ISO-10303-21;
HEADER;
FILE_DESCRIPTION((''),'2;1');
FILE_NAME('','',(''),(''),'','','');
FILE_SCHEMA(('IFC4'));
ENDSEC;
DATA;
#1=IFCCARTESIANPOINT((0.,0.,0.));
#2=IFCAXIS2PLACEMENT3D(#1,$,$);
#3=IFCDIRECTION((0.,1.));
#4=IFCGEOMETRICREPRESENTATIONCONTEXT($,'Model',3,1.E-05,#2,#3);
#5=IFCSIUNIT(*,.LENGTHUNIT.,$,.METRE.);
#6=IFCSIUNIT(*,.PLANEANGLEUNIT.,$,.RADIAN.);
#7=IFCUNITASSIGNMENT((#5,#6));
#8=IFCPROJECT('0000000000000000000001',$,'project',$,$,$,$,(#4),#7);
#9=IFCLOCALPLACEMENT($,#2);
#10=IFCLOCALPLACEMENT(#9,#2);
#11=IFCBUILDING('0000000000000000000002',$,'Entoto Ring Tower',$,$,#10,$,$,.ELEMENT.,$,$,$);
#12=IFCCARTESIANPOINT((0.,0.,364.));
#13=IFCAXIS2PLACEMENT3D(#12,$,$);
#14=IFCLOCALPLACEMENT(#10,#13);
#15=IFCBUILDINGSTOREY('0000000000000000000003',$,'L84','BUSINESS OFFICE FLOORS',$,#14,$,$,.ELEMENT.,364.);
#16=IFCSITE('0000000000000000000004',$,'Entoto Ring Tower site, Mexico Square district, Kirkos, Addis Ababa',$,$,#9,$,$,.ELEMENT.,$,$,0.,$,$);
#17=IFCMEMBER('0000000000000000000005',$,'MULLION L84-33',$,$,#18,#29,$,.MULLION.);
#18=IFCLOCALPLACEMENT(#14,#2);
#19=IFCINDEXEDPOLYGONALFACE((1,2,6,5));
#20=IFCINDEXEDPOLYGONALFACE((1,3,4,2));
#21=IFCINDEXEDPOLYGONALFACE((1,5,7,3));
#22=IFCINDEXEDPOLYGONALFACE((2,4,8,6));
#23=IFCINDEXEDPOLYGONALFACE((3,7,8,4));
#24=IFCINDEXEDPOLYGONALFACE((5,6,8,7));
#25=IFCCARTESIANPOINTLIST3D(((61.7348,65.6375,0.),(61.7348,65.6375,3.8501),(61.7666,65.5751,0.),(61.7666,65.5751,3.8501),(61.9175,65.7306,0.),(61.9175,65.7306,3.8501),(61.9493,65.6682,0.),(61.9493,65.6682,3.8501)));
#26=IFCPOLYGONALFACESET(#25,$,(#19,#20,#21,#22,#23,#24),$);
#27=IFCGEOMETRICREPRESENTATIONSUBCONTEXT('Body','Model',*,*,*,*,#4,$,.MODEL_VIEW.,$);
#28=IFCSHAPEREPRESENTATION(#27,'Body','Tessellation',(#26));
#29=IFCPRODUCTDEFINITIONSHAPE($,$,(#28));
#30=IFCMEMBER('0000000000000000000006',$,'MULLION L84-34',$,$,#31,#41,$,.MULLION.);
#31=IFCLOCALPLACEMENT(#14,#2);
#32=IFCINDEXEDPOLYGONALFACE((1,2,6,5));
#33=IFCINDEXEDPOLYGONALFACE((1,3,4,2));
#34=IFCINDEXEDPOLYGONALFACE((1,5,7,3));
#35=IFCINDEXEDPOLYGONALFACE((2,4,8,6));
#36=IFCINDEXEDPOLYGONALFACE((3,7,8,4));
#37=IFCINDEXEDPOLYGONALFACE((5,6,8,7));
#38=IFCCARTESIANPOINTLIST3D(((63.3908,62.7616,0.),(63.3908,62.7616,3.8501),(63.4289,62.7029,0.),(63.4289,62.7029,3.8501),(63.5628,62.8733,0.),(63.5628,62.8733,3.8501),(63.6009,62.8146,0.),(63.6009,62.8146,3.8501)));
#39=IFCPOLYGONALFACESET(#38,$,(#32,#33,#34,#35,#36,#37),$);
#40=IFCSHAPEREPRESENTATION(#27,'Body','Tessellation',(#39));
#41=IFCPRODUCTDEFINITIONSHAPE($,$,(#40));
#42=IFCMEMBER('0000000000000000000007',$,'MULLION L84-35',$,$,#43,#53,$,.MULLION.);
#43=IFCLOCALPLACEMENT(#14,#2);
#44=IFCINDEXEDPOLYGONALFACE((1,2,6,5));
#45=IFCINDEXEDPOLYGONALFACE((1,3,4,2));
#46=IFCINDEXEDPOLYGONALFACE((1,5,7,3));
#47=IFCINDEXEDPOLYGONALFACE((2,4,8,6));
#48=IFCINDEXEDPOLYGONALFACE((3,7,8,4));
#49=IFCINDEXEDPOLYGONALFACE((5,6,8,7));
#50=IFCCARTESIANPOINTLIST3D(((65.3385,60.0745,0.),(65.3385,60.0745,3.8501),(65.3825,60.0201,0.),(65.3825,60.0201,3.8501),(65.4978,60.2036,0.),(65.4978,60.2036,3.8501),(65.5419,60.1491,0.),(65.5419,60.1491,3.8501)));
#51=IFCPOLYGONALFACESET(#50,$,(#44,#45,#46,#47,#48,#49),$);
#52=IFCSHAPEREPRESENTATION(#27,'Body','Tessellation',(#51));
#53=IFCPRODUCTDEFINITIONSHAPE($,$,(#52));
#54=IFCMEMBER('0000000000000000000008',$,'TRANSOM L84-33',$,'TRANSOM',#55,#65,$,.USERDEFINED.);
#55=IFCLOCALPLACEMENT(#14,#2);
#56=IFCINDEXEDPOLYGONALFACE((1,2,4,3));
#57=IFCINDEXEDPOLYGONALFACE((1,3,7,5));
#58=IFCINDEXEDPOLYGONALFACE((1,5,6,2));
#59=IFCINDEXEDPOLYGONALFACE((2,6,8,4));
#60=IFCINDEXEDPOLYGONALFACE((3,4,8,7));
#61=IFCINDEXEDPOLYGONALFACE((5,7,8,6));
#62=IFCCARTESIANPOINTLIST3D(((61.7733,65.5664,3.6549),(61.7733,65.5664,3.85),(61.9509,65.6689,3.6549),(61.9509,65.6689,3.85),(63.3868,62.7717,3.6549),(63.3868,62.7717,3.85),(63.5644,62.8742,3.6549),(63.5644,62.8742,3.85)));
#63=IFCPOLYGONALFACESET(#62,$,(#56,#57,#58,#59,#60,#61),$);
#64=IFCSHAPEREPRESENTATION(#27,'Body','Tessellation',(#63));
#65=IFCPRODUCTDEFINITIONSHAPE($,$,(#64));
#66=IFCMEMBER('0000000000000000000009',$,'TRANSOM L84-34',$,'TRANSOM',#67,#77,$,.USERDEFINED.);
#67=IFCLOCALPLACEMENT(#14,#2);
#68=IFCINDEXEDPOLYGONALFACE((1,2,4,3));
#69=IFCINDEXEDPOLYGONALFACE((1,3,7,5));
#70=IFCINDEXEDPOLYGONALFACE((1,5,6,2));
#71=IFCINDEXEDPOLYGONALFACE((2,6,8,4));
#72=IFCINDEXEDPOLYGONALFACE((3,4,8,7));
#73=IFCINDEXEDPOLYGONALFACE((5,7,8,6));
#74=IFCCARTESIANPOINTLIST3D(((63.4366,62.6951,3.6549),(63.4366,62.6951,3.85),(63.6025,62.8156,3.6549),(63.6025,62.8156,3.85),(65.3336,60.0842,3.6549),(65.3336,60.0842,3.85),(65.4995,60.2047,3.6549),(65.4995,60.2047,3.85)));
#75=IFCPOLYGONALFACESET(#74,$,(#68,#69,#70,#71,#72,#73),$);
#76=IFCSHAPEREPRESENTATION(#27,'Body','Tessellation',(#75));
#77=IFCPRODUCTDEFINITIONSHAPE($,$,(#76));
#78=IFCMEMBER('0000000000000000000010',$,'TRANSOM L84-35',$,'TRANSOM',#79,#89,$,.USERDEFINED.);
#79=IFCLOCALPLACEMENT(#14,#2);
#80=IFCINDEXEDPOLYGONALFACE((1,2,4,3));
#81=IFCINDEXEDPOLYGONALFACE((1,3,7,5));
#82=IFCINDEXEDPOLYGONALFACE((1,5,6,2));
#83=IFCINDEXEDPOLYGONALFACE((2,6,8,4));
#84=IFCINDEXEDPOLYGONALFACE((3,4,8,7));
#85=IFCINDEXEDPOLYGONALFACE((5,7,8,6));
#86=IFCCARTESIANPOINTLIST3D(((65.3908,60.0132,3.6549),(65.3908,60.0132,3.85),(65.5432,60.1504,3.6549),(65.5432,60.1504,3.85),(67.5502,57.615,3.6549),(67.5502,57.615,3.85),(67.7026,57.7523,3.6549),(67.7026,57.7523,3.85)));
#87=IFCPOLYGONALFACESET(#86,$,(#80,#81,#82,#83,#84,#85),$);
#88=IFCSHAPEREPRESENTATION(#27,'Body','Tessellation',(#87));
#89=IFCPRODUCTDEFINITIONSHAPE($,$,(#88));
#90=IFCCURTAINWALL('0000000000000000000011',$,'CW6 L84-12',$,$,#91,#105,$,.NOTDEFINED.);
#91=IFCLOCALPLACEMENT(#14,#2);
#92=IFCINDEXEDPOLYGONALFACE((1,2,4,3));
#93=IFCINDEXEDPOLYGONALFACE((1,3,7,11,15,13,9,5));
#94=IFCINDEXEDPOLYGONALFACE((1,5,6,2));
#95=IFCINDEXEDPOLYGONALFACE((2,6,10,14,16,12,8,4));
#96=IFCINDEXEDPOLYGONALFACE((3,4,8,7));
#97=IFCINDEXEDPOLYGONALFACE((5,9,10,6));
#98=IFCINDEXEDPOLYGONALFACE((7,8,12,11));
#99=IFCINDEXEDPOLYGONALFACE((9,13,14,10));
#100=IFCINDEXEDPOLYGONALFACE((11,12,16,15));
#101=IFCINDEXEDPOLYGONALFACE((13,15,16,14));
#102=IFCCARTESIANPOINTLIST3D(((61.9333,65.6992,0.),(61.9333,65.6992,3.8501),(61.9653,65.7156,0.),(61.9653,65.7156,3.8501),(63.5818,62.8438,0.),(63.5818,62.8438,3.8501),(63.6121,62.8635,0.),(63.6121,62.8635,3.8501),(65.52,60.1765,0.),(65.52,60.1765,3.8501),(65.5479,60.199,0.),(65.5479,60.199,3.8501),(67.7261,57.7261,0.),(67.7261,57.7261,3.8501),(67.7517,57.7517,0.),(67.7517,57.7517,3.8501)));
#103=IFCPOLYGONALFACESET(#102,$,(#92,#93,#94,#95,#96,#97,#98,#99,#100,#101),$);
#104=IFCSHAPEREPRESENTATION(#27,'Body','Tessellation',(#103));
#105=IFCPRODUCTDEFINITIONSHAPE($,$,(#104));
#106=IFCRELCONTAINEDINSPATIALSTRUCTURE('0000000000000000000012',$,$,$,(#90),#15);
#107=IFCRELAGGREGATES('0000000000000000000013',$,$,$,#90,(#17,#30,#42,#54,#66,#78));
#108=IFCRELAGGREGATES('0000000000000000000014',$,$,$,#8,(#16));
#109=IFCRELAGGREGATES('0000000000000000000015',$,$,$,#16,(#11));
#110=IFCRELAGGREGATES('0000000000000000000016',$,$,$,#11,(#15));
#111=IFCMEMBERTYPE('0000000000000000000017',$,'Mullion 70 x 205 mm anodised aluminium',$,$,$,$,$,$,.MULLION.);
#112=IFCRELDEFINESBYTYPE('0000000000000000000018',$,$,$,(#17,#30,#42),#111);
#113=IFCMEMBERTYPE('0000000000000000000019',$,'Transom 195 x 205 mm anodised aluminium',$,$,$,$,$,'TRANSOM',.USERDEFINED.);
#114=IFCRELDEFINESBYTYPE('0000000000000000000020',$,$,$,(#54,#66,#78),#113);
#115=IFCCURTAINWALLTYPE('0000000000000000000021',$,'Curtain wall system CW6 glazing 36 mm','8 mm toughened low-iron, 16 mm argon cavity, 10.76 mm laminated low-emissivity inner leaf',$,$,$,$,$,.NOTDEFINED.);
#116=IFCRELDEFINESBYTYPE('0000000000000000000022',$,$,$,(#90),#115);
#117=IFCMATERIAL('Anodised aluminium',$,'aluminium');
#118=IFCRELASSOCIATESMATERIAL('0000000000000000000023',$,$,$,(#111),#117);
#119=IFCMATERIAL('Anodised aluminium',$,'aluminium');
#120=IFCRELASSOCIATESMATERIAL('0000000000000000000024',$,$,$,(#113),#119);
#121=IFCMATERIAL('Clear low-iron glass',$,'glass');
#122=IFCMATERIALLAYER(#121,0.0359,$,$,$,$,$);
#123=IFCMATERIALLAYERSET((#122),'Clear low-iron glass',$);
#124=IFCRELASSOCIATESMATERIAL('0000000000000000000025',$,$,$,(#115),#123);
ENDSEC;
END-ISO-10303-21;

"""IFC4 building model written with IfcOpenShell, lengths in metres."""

from ifc_helpers import new_model, si_unit, direction, frame, origin, origin_2d, place, context, subcontext, project, spatial, polyline, rectangle, outline, extrude, material, layer, layer_set, material_profile, profile_set, type_object, element, aggregate, save


model = new_model("IFC4")

# Units and contexts
model_context = context("Model", 3, precision=1e-05, world=origin(), true_north=direction((0.0, 1.0)))
body_context = subcontext(model_context, "Body", "Model", "MODEL_VIEW")
ifc_project = project(units=[si_unit("LENGTHUNIT", "METRE"), si_unit("PLANEANGLEUNIT", "RADIAN")], contexts=[model_context])

# Members
ifc_material_1 = material(Name="Anodised aluminium", Category="aluminium")
ifc_material_profile_1 = material_profile(ifc_material_1, rectangle(XDim=0.0701, YDim=0.2051, at=origin_2d()), Name="Mullion 70 x 205 mm anodised aluminium")
ifc_profile_set_1 = profile_set([ifc_material_profile_1], Name="Anodised aluminium")
member_type_1 = type_object("IfcMemberType", Name="Mullion 70 x 205 mm anodised aluminium", PredefinedType="MULLION", material=ifc_profile_set_1)
site_placement = place(None, origin())
building_placement = place(site_placement, origin())
storey_placement = place(building_placement, frame((0.0, 0.0, 364.0)))
member_1_placement = place(storey_placement, frame((61.842, 65.6528, 0.0), z_axis=(0.0, 0.0, 1.0), x_axis=(0.45399, -0.891007, 0.0)))
member_1 = element("IfcMember", 1, at=member_1_placement, type_object=member_type_1, Name="MULLION L84-33", PredefinedType="MULLION", context=body_context, shape_type="SweptSolid", body=[
    extrude(rectangle(XDim=0.0701, YDim=0.2051, at=origin_2d()), origin(), (0.0, 0.0, 1.0), 3.8501),
])
member_2_placement = place(storey_placement, frame((63.4958, 62.7881, 0.0), z_axis=(0.0, 0.0, 1.0), x_axis=(0.544639, -0.838671, 0.0)))
member_2 = element("IfcMember", 2, at=member_2_placement, type_object=member_type_1, Name="MULLION L84-34", PredefinedType="MULLION", context=body_context, shape_type="SweptSolid", body=[
    extrude(rectangle(XDim=0.0701, YDim=0.2051, at=origin_2d()), origin(), (0.0, 0.0, 1.0), 3.8501),
])
member_3_placement = place(storey_placement, frame((65.4402, 60.1118, 0.0), z_axis=(0.0, 0.0, 1.0), x_axis=(0.62932, -0.777146, 0.0)))
member_3 = element("IfcMember", 3, at=member_3_placement, type_object=member_type_1, Name="MULLION L84-35", PredefinedType="MULLION", context=body_context, shape_type="SweptSolid", body=[
    extrude(rectangle(XDim=0.0701, YDim=0.2051, at=origin_2d()), origin(), (0.0, 0.0, 1.0), 3.8501),
])
ifc_material_2 = material(Name="Anodised aluminium", Category="aluminium")
ifc_material_profile_2 = material_profile(ifc_material_2, rectangle(XDim=0.2051, YDim=0.1951, at=origin_2d()), Name="Transom 195 x 205 mm anodised aluminium")
ifc_profile_set_2 = profile_set([ifc_material_profile_2], Name="Anodised aluminium")
member_type_2 = type_object("IfcMemberType", Name="Transom 195 x 205 mm anodised aluminium", ElementType="TRANSOM", PredefinedType="USERDEFINED", material=ifc_profile_set_2)
member_4_placement = place(storey_placement, frame((61.8621, 65.6177, 3.7524), z_axis=(0.500004, -0.866023, 0.0), x_axis=(0.866023, 0.500004, 0.0)))
member_4 = element("IfcMember", 4, at=member_4_placement, type_object=member_type_2, Name="TRANSOM L84-33", ObjectType="TRANSOM", PredefinedType="USERDEFINED", context=body_context, shape_type="SweptSolid", body=[
    extrude(rectangle(XDim=0.2051, YDim=0.1951, at=origin_2d()), origin(), (0.0, 0.0, 1.0), 3.2271),
])
member_5_placement = place(storey_placement, frame((63.5195, 62.7554, 3.7524), z_axis=(0.587803, -0.809004, 0.0), x_axis=(0.809004, 0.587803, 0.0)))
member_5 = element("IfcMember", 5, at=member_5_placement, type_object=member_type_2, Name="TRANSOM L84-34", ObjectType="TRANSOM", PredefinedType="USERDEFINED", context=body_context, shape_type="SweptSolid", body=[
    extrude(rectangle(XDim=0.2051, YDim=0.1951, at=origin_2d()), origin(), (0.0, 0.0, 1.0), 3.2273),
])
member_6_placement = place(storey_placement, frame((65.467, 60.0818, 3.7524), z_axis=(0.669144, -0.743132, 0.0), x_axis=(0.743132, 0.669144, 0.0)))
member_6 = element("IfcMember", 6, at=member_6_placement, type_object=member_type_2, Name="TRANSOM L84-35", ObjectType="TRANSOM", PredefinedType="USERDEFINED", context=body_context, shape_type="SweptSolid", body=[
    extrude(rectangle(XDim=0.2051, YDim=0.1951, at=origin_2d()), origin(), (0.0, 0.0, 1.0), 3.2271),
])

# Site, building, storey
site = spatial("IfcSite", under=ifc_project, at=site_placement, Name="Entoto Ring Tower site, Mexico Square district, Kirkos, Addis Ababa", CompositionType="ELEMENT", RefElevation=0.0)
building = spatial("IfcBuilding", under=site, at=building_placement, Name="Entoto Ring Tower", CompositionType="ELEMENT")
storey = spatial("IfcBuildingStorey", under=building, at=storey_placement, Name="L84", Description="BUSINESS OFFICE FLOORS", CompositionType="ELEMENT", Elevation=364.0)

# Curtain wall
ifc_material_3 = material(Name="Clear low-iron glass", Category="glass")
ifc_layer = layer(ifc_material_3, 0.0359)
ifc_layer_set = layer_set([ifc_layer], Name="Clear low-iron glass")
curtain_wall_type = type_object("IfcCurtainWallType", Name="Curtain wall system CW6 glazing 36 mm", Description="8 mm toughened low-iron, 16 mm argon cavity, 10.76 mm laminated low-emissivity inner leaf", PredefinedType="NOTDEFINED", material=ifc_layer_set)
curtain_wall_1_placement = place(storey_placement, origin())
curtain_wall_1 = element("IfcCurtainWall", 7, at=curtain_wall_1_placement, inside=storey, type_object=curtain_wall_type, Name="CW6 L84-12", PredefinedType="NOTDEFINED", context=body_context, shape_type="SweptSolid", body=[
    extrude(outline(polyline([(61.9333, 65.6992), (63.5818, 62.8438), (65.52, 60.1765), (67.7261, 57.7261), (67.7517, 57.7517), (65.5479, 60.199), (63.6121, 62.8635), (61.9653, 65.7156), (61.9333, 65.6992)])), origin(), (0.0, 0.0, 1.0), 3.8501),
])
aggregate(curtain_wall_1, [member_1, member_2, member_3, member_4, member_5, member_6])

save(model, "model.ifc")
